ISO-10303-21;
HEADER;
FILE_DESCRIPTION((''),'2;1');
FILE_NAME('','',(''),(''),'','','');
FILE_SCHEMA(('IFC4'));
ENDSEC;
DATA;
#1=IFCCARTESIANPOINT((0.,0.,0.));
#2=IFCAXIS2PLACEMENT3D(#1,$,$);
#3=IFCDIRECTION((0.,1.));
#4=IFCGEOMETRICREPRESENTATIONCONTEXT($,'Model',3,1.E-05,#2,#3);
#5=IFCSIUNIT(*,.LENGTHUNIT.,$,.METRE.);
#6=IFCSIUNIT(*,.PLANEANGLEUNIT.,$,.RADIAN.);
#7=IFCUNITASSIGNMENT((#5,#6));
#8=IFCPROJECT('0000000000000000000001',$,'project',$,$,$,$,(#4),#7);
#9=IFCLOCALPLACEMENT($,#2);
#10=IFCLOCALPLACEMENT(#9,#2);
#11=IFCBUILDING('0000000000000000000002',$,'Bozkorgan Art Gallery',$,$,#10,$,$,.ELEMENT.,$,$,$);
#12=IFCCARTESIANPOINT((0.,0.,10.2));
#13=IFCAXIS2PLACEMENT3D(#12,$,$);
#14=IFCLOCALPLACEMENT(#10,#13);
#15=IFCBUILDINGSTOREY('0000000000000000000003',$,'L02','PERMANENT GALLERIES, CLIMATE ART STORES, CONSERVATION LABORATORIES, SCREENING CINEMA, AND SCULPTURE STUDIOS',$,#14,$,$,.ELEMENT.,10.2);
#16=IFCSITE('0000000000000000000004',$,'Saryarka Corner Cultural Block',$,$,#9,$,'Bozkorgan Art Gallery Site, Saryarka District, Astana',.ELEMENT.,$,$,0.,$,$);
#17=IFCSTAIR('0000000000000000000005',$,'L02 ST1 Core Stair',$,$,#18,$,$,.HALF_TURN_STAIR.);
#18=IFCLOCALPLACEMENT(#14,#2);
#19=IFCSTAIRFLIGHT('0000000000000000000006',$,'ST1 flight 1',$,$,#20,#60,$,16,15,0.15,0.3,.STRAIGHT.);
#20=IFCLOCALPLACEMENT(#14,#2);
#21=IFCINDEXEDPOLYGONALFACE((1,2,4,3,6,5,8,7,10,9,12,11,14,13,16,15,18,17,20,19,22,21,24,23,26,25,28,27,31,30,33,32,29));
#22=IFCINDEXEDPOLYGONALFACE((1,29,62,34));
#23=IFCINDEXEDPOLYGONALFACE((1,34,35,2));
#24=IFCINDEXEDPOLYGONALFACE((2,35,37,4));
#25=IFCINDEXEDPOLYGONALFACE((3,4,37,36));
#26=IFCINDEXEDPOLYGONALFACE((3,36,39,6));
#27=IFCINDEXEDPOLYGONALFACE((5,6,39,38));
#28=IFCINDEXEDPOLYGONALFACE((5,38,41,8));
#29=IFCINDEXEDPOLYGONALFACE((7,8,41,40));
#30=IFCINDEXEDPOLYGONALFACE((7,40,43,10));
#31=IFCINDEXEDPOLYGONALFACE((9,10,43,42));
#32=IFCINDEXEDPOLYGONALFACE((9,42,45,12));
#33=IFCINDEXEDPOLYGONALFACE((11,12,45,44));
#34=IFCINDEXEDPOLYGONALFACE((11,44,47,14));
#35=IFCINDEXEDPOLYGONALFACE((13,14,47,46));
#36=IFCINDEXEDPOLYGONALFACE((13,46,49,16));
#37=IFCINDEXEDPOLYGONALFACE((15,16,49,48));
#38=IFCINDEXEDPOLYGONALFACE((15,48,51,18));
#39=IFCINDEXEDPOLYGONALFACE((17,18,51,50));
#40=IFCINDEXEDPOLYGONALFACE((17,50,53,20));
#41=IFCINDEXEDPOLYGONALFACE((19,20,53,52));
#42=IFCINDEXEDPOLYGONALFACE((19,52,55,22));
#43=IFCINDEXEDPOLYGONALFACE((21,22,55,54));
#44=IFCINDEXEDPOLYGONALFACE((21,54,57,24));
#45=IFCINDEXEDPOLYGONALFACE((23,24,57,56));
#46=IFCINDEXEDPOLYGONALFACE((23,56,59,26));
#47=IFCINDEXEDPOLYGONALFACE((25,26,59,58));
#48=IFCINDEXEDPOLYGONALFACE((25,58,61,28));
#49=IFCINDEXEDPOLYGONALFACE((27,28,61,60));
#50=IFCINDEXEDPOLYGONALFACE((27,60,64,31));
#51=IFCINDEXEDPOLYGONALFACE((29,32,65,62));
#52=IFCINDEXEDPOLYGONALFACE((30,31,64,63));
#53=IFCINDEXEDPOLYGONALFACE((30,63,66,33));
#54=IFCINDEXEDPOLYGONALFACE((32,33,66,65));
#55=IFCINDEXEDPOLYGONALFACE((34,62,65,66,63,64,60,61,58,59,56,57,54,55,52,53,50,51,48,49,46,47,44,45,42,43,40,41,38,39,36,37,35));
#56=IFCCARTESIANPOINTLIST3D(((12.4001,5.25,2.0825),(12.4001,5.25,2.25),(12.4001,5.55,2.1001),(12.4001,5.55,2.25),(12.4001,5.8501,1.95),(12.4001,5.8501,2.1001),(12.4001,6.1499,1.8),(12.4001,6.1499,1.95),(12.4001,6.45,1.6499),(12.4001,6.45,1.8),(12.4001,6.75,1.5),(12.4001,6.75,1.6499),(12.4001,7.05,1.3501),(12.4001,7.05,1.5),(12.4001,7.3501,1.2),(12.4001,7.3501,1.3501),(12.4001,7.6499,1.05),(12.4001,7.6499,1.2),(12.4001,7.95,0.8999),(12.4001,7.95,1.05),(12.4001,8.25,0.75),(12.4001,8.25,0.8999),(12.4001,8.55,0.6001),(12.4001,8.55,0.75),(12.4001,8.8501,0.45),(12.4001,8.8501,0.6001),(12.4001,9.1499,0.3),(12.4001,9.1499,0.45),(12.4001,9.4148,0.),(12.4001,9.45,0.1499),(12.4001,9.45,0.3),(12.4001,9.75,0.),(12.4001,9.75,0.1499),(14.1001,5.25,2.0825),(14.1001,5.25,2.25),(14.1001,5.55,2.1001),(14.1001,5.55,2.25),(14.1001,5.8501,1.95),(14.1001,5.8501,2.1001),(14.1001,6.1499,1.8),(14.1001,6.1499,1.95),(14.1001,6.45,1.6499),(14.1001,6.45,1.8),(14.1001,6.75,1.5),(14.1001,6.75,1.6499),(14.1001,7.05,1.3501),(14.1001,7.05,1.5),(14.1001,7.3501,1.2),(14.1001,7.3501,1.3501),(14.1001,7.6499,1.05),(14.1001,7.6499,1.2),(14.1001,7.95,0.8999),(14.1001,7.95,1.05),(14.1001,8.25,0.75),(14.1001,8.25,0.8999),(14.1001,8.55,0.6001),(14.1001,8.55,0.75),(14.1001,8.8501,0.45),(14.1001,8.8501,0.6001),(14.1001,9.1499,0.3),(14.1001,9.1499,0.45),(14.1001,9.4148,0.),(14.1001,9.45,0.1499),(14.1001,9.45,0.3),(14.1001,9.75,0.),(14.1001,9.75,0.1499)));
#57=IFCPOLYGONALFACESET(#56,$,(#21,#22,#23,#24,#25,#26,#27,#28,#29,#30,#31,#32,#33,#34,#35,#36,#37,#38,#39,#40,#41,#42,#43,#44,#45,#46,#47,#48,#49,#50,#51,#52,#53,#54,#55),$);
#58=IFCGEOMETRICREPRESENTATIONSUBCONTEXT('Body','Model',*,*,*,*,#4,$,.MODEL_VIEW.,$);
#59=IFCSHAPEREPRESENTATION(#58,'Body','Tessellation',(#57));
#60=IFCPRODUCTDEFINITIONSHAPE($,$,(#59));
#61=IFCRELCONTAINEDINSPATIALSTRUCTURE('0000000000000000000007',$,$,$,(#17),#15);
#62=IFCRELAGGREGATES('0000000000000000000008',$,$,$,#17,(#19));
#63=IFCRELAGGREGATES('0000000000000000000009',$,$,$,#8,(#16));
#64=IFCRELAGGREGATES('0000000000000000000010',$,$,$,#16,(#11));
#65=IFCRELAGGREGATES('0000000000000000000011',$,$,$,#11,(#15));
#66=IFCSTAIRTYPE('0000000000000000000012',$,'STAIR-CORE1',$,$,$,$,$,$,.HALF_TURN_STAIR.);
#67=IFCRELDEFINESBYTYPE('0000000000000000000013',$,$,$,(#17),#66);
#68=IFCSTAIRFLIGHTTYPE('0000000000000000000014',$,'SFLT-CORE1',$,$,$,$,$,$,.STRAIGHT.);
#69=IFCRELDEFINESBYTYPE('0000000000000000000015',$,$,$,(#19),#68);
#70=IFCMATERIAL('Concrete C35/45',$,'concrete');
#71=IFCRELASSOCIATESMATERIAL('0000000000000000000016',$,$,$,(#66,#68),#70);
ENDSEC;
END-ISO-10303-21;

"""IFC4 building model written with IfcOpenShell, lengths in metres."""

from ifc_helpers import new_model, si_unit, direction, frame, origin, place, context, subcontext, project, spatial, polyline, outline, extrude, material, type_object, element, aggregate, save


model = new_model("IFC4")

# Units and contexts
model_context = context("Model", 3, precision=1e-05, world=origin(), true_north=direction((0.0, 1.0)))
body_context = subcontext(model_context, "Body", "Model", "MODEL_VIEW")
ifc_project = project(units=[si_unit("LENGTHUNIT", "METRE"), si_unit("PLANEANGLEUNIT", "RADIAN")], contexts=[model_context])

# Site, building, storey
site_placement = place(None, origin())
site = spatial("IfcSite", under=ifc_project, at=site_placement, Name="Saryarka Corner Cultural Block", LongName="Bozkorgan Art Gallery Site, Saryarka District, Astana", CompositionType="ELEMENT", RefElevation=0.0)
building_placement = place(site_placement, origin())
building = spatial("IfcBuilding", under=site, at=building_placement, Name="Bozkorgan Art Gallery", CompositionType="ELEMENT")
storey_placement = place(building_placement, frame((0.0, 0.0, 10.2)))
storey = spatial("IfcBuildingStorey", under=building, at=storey_placement, Name="L02", Description="PERMANENT GALLERIES, CLIMATE ART STORES, CONSERVATION LABORATORIES, SCREENING CINEMA, AND SCULPTURE STUDIOS", CompositionType="ELEMENT", Elevation=10.2)

# Shared definitions
ifc_material_1 = material(Name="Concrete C35/45", Category="concrete")

# Stair, stair flight
stair_type = type_object("IfcStairType", Name="STAIR-CORE1", PredefinedType="HALF_TURN_STAIR", material=ifc_material_1)
stair_placement = place(storey_placement, origin())
stair = element("IfcStair", 1, at=stair_placement, inside=storey, type_object=stair_type, Name="L02 ST1 Core Stair", PredefinedType="HALF_TURN_STAIR")
stair_flight_type = type_object("IfcStairFlightType", Name="SFLT-CORE1", PredefinedType="STRAIGHT", material=ifc_material_1)
stair_flight_placement = place(storey_placement, frame((13.25, 9.75, 0.0), z_axis=(0.0, 0.0, 1.0), x_axis=(0.0, -1.0, 0.0)))
stair_flight = element("IfcStairFlight", 2, at=stair_flight_placement, type_object=stair_flight_type, Name="ST1 flight 1", NumberOfRisers=16, NumberOfTreads=15, PredefinedType="STRAIGHT", RiserHeight=0.15, TreadLength=0.3, context=body_context, shape_type="SweptSolid", body=[
    extrude(outline(polyline([(0.0, 0.0), (0.0, 0.1499), (0.3, 0.1499), (0.3, 0.3), (0.6001, 0.3), (0.6001, 0.45), (0.8999, 0.45), (0.8999, 0.6001), (1.2, 0.6001), (1.2, 0.75), (1.5, 0.75), (1.5, 0.8999), (1.8, 0.8999), (1.8, 1.05), (2.1001, 1.05), (2.1001, 1.2), (2.3999, 1.2), (2.3999, 1.3501), (2.7, 1.3501), (2.7, 1.5), (3.0, 1.5), (3.0, 1.6499), (3.3, 1.6499), (3.3, 1.8), (3.6001, 1.8), (3.6001, 1.95), (3.8999, 1.95), (3.8999, 2.1001), (4.2, 2.1001), (4.2, 2.25), (4.5, 2.25), (4.5, 2.3999), (4.5, 2.0825), (0.3352, 0.0), (0.0, 0.0)])), frame((0.0, 0.8501, 0.0), z_axis=(0.0, -1.0, 0.0), x_axis=(1.0, 0.0, 0.0)), (0.0, 0.0, 1.0), 1.7),
])
aggregate(stair, [stair_flight])

save(model, "model.ifc")
